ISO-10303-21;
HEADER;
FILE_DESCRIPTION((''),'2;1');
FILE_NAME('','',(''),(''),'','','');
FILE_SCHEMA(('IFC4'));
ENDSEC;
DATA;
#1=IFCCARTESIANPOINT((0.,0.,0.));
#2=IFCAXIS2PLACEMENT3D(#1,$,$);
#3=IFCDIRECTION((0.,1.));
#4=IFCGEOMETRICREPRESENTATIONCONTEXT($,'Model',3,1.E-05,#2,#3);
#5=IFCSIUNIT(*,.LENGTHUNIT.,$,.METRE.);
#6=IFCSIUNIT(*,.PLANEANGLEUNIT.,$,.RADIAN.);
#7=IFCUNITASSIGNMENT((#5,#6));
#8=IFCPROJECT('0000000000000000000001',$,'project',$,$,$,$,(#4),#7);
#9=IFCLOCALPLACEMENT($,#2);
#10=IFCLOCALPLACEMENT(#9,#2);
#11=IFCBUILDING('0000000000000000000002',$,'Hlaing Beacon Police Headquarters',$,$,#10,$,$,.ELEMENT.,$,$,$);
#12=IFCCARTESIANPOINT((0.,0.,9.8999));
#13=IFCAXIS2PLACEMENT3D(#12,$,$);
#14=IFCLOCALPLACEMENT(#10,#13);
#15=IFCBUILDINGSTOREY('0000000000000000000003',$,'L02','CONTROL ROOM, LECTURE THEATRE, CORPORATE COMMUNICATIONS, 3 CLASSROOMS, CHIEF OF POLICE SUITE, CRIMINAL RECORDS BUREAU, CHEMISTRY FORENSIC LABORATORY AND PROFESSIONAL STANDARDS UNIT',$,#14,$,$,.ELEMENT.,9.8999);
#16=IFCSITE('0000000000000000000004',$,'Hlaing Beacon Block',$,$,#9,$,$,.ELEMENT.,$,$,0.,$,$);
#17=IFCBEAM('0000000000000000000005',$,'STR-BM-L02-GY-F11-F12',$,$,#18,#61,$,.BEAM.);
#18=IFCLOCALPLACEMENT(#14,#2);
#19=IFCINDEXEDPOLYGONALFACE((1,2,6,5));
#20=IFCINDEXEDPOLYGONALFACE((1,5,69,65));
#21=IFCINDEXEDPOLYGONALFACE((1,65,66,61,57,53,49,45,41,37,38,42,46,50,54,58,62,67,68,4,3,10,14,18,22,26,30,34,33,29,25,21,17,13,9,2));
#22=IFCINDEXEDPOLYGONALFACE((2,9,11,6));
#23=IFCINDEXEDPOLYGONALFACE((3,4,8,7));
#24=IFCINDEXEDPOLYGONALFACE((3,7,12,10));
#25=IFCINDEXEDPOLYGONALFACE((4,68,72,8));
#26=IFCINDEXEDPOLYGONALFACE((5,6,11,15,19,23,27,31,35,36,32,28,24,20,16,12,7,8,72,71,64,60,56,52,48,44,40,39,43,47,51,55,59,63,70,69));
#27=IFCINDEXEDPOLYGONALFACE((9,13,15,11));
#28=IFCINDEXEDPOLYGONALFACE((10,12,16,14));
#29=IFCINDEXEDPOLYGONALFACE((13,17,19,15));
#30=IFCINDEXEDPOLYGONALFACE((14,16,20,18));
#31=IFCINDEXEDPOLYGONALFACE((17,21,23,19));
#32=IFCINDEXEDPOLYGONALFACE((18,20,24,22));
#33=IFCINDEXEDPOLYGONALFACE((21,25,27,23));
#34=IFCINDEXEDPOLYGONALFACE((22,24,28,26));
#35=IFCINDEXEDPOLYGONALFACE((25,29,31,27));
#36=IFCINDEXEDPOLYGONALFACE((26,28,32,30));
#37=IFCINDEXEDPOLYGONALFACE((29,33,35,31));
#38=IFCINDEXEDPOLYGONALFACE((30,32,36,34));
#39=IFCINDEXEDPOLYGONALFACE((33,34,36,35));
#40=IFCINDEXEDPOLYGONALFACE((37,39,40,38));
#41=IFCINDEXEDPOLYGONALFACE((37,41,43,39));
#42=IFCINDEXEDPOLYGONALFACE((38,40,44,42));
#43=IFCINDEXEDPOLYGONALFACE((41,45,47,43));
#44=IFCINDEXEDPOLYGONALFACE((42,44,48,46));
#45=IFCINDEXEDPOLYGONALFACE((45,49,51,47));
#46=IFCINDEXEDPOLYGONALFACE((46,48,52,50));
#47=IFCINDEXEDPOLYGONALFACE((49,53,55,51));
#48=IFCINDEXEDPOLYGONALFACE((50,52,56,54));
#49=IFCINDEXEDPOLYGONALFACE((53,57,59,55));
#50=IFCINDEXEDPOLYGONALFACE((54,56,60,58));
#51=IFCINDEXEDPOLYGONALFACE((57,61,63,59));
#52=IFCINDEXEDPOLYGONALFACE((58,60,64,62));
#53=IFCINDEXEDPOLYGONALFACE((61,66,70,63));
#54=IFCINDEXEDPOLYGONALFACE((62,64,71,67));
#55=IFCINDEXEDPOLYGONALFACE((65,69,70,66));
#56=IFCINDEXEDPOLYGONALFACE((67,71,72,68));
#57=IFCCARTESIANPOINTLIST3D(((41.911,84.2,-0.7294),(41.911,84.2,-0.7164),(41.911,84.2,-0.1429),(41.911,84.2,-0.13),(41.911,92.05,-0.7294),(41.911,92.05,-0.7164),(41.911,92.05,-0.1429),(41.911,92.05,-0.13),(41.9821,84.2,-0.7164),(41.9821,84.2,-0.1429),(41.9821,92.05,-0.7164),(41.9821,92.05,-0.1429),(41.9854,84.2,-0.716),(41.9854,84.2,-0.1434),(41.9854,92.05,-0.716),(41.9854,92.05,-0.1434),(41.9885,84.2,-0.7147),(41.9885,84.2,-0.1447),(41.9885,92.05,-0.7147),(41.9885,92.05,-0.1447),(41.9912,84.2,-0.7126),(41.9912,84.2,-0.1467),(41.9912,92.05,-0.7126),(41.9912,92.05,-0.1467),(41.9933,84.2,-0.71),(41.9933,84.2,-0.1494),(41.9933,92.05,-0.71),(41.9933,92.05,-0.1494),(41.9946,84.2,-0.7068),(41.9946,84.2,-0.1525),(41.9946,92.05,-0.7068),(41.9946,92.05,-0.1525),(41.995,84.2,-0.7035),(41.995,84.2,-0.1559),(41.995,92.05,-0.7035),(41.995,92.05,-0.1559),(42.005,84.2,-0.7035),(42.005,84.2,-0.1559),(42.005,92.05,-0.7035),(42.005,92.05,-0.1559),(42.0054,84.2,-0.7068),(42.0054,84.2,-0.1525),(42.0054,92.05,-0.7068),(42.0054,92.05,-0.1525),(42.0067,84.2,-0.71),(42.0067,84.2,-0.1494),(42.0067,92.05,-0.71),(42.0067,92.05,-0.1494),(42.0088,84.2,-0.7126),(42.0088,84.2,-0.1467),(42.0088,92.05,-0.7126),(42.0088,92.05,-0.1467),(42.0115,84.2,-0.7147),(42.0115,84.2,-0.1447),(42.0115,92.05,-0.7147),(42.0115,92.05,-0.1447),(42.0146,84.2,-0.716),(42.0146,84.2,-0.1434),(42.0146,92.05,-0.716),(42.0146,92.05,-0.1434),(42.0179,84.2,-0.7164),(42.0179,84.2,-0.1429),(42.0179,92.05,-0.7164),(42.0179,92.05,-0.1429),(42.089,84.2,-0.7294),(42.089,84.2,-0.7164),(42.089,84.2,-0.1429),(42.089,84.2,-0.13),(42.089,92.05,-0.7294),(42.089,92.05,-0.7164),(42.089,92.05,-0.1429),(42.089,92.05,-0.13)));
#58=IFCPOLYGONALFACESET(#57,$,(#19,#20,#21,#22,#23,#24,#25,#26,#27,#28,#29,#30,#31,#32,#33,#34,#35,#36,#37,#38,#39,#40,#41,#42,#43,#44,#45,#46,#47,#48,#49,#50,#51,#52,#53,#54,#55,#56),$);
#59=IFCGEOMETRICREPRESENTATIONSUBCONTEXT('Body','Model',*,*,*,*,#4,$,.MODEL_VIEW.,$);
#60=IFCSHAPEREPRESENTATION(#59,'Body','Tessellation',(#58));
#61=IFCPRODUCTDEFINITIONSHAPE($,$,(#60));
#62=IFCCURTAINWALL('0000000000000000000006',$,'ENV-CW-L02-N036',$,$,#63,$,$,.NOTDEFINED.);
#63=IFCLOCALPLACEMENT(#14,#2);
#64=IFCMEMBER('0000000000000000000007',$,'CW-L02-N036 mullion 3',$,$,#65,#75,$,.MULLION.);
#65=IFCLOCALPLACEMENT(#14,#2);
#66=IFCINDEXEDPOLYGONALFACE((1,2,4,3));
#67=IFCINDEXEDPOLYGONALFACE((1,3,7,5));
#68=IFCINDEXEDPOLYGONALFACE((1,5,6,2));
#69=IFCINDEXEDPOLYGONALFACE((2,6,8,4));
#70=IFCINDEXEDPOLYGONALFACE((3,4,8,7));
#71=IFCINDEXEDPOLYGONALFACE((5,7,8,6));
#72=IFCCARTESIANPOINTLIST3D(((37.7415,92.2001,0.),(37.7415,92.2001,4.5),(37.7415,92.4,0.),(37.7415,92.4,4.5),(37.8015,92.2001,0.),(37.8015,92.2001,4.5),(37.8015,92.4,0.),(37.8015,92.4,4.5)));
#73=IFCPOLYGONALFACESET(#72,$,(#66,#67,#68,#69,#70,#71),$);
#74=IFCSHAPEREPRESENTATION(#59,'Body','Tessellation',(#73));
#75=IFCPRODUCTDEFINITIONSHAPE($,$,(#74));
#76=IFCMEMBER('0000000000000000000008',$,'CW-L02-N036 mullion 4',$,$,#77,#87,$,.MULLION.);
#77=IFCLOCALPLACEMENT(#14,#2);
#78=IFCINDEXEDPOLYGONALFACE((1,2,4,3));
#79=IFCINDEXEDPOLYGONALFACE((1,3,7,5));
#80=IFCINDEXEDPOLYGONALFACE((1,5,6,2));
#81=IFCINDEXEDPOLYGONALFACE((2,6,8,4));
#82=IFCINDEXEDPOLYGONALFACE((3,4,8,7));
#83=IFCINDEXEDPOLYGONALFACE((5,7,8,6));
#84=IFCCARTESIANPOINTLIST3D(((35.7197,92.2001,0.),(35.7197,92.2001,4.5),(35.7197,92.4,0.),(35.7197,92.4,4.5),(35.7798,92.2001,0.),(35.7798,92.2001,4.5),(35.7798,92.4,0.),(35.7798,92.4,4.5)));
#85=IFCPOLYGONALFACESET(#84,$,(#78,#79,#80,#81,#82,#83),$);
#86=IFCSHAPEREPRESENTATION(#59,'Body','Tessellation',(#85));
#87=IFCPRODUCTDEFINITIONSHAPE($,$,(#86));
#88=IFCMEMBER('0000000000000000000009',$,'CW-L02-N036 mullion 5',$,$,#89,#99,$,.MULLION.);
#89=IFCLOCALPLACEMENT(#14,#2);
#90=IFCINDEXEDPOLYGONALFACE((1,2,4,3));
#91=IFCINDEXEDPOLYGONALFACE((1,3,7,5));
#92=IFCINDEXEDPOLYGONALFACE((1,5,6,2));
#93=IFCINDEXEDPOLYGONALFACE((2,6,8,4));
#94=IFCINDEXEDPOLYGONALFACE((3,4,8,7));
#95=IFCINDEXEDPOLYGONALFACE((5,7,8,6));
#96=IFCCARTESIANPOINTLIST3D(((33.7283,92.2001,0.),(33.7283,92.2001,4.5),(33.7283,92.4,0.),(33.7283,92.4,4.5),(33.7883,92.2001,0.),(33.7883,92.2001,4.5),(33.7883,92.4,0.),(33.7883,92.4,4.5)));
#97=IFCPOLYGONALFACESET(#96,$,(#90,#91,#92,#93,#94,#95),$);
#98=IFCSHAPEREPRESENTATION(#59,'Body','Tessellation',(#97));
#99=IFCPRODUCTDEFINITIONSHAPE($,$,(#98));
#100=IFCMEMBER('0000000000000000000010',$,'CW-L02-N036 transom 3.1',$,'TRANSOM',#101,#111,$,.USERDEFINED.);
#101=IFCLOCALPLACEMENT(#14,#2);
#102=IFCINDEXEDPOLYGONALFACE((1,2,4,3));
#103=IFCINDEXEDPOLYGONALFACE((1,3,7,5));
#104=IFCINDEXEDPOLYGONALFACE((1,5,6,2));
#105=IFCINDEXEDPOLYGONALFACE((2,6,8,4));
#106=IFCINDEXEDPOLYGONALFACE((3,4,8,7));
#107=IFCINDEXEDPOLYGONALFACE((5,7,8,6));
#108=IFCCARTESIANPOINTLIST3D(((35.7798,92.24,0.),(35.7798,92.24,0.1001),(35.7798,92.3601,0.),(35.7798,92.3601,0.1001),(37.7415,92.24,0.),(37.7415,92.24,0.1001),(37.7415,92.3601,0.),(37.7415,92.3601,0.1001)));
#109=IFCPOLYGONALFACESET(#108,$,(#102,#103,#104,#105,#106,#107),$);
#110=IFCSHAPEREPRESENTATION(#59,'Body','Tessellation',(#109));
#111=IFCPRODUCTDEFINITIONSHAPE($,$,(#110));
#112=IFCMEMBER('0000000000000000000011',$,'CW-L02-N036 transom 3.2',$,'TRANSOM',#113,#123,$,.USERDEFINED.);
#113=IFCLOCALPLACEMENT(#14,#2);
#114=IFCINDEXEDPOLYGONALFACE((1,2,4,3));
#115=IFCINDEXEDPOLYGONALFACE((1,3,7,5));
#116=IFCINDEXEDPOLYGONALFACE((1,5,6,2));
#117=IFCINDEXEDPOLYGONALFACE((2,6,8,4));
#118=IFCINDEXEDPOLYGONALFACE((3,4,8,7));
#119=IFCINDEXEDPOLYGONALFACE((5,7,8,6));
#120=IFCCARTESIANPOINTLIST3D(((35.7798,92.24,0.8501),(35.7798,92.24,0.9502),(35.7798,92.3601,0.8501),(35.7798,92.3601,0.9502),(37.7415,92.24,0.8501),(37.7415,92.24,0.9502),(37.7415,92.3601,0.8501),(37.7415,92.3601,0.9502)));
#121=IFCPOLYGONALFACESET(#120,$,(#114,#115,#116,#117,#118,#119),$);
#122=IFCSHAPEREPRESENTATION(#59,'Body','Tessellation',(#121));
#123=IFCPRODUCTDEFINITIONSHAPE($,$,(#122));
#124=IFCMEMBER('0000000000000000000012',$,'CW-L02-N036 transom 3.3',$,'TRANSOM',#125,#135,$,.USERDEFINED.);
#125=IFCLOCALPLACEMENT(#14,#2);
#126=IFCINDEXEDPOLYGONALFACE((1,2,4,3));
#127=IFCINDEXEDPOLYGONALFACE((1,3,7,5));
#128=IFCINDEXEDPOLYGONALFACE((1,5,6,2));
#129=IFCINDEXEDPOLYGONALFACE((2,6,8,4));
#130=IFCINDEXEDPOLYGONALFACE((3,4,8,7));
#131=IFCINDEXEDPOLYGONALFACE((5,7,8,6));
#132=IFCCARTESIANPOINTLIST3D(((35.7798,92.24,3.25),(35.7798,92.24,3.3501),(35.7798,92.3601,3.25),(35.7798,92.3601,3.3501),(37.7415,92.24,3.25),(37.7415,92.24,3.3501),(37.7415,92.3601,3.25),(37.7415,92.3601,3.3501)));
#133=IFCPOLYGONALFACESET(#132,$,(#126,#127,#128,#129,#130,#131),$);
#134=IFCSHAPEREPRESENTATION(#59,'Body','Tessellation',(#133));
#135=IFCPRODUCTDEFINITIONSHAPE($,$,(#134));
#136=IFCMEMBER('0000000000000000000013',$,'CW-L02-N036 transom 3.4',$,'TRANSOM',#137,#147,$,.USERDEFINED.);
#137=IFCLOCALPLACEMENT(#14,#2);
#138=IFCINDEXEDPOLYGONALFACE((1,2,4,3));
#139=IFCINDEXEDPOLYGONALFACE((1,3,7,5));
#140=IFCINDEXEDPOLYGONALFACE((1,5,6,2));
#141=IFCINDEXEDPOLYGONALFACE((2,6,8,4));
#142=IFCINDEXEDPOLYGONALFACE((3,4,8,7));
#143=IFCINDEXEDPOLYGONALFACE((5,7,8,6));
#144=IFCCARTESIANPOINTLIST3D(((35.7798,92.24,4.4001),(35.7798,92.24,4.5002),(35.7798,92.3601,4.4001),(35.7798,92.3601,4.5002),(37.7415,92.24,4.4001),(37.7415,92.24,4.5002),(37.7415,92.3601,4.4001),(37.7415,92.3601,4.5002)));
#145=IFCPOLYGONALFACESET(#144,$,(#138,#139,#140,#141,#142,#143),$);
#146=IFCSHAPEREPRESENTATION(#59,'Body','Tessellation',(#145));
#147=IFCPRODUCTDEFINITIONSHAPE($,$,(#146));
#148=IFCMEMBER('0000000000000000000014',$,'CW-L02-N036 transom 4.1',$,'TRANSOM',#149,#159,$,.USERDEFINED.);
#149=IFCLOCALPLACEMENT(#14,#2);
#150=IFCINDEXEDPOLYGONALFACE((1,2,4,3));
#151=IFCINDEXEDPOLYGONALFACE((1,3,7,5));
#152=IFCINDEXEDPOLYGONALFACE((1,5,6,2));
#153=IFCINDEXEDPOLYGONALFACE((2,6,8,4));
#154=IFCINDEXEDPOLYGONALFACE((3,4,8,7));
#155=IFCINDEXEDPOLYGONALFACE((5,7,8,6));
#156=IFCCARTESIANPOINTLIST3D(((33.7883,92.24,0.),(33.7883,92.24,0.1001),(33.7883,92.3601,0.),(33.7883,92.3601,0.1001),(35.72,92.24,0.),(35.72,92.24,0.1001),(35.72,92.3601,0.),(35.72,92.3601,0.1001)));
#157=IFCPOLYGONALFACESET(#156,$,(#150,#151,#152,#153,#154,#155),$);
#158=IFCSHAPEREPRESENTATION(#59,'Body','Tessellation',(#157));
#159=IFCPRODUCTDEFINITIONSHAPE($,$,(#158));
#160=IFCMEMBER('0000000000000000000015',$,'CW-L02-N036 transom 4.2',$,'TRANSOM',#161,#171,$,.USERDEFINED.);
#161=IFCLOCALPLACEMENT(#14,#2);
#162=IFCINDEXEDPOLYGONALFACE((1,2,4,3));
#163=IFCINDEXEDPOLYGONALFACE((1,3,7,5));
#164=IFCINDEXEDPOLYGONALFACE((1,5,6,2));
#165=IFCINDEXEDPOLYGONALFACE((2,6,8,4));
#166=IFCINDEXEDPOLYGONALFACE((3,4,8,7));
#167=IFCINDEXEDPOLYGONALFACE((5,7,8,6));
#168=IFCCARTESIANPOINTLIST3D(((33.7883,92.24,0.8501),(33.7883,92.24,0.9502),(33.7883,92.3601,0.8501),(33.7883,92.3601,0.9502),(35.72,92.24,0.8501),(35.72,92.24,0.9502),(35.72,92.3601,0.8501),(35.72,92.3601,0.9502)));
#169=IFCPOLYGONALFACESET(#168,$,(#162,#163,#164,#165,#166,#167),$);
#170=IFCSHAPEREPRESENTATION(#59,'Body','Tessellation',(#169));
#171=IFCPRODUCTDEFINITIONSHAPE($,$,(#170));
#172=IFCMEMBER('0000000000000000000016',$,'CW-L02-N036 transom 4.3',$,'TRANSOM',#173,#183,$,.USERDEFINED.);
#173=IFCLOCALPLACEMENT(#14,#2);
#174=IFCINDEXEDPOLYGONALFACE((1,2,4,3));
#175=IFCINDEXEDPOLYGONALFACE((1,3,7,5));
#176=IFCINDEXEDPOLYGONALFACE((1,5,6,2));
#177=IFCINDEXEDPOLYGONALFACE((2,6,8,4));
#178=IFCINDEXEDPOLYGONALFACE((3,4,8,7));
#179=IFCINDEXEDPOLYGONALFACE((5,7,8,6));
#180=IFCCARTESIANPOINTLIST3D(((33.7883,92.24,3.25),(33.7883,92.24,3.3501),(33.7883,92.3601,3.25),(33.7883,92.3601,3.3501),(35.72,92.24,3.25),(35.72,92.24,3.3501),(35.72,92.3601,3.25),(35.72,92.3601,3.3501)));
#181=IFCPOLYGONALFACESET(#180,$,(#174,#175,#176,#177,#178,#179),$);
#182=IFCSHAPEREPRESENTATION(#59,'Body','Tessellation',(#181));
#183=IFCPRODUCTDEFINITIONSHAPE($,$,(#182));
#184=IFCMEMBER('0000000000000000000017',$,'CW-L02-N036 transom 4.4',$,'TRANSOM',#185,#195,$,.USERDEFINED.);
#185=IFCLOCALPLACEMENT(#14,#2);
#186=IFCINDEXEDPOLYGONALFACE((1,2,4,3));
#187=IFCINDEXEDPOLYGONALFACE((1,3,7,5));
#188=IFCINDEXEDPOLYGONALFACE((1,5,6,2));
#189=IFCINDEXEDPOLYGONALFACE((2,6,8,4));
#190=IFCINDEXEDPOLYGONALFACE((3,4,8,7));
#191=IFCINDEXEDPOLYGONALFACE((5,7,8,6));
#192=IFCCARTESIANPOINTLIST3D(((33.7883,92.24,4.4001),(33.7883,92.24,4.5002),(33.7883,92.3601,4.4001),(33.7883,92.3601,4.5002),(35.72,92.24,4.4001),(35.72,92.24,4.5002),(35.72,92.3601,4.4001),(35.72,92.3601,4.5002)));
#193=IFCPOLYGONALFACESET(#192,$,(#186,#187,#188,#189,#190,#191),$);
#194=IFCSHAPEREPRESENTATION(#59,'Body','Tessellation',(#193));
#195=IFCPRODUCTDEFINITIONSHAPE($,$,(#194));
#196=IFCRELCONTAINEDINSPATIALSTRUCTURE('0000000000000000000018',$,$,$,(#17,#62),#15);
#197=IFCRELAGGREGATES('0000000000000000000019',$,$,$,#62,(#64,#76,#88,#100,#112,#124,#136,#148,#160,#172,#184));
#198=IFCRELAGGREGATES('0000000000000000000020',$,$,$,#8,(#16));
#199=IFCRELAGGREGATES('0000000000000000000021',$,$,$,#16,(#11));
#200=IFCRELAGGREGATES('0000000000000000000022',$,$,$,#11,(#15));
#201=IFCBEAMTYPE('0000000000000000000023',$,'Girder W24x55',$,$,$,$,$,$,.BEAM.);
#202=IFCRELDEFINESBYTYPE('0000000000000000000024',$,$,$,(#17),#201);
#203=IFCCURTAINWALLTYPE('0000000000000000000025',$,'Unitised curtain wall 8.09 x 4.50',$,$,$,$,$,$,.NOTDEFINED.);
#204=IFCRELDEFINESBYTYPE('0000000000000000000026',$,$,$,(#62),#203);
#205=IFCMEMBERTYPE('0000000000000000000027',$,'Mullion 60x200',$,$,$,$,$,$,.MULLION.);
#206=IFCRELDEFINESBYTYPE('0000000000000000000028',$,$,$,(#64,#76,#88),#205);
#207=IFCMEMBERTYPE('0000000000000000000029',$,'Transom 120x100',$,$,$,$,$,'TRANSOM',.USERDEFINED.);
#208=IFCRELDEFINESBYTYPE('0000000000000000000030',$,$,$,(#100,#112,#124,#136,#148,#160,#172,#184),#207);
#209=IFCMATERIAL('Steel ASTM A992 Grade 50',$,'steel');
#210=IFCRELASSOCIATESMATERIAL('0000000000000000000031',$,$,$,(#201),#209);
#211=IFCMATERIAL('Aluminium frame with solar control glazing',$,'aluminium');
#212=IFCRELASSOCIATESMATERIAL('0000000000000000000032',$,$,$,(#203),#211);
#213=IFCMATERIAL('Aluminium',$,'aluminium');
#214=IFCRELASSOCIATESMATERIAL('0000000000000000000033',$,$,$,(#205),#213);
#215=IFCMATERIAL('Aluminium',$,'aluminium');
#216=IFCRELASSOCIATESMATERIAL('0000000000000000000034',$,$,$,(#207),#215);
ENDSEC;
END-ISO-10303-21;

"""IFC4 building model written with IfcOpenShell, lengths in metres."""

from ifc_helpers import new_model, si_unit, direction, frame, origin, origin_2d, place, context, subcontext, project, spatial, rectangle, i_section, extrude, material, material_profile, profile_set, type_object, element, aggregate, save


model = new_model("IFC4")

# Units and contexts
model_context = context("Model", 3, precision=1e-05, world=origin(), true_north=direction((0.0, 1.0)))
body_context = subcontext(model_context, "Body", "Model", "MODEL_VIEW")
ifc_project = project(units=[si_unit("LENGTHUNIT", "METRE"), si_unit("PLANEANGLEUNIT", "RADIAN")], contexts=[model_context])

# Site, building, storey
site_placement = place(None, origin())
site = spatial("IfcSite", under=ifc_project, at=site_placement, Name="Hlaing Beacon Block", CompositionType="ELEMENT", RefElevation=0.0)
building_placement = place(site_placement, origin())
building = spatial("IfcBuilding", under=site, at=building_placement, Name="Hlaing Beacon Police Headquarters", CompositionType="ELEMENT")
storey_placement = place(building_placement, frame((0.0, 0.0, 9.8999)))
storey = spatial("IfcBuildingStorey", under=building, at=storey_placement, Name="L02", Description="CONTROL ROOM, LECTURE THEATRE, CORPORATE COMMUNICATIONS, 3 CLASSROOMS, CHIEF OF POLICE SUITE, CRIMINAL RECORDS BUREAU, CHEMISTRY FORENSIC LABORATORY AND PROFESSIONAL STANDARDS UNIT", CompositionType="ELEMENT", Elevation=9.8999)

# Beam
ifc_material_1 = material(Name="Steel ASTM A992 Grade 50", Category="steel")
ifc_material_profile_1 = material_profile(ifc_material_1, i_section(OverallWidth=0.178, OverallDepth=0.5994, WebThickness=0.01, FlangeThickness=0.0129, FilletRadius=0.0129, at=origin_2d()), Name="W24x55")
ifc_profile_set_1 = profile_set([ifc_material_profile_1], Name="Steel ASTM A992 Grade 50")
beam_type = type_object("IfcBeamType", Name="Girder W24x55", PredefinedType="BEAM", material=ifc_profile_set_1)
beam_placement = place(storey_placement, frame((42.0, 84.2, -0.4297), z_axis=(0.0, 1.0, 0.0), x_axis=(-1.0, 0.0, 0.0)))
element("IfcBeam", 1, at=beam_placement, inside=storey, type_object=beam_type, Name="STR-BM-L02-GY-F11-F12", PredefinedType="BEAM", context=body_context, shape_type="SweptSolid", body=[
    extrude(i_section(OverallWidth=0.178, OverallDepth=0.5994, WebThickness=0.01, FlangeThickness=0.0129, FilletRadius=0.0129, at=origin_2d()), origin(), (0.0, 0.0, 1.0), 7.8501),
])

# Curtain wall, members
ifc_material_2 = material(Name="Aluminium frame with solar control glazing", Category="aluminium")
curtain_wall_type = type_object("IfcCurtainWallType", Name="Unitised curtain wall 8.09 x 4.50", PredefinedType="NOTDEFINED", material=ifc_material_2)
curtain_wall_placement = place(storey_placement, origin())
curtain_wall = element("IfcCurtainWall", 2, at=curtain_wall_placement, inside=storey, type_object=curtain_wall_type, Name="ENV-CW-L02-N036", PredefinedType="NOTDEFINED")
ifc_material_3 = material(Name="Aluminium", Category="aluminium")
ifc_material_profile_2 = material_profile(ifc_material_3, rectangle(XDim=0.2, YDim=0.0601, at=origin_2d()), Name="Mullion 60x200")
ifc_profile_set_2 = profile_set([ifc_material_profile_2], Name="Aluminium")
member_type_1 = type_object("IfcMemberType", Name="Mullion 60x200", PredefinedType="MULLION", material=ifc_profile_set_2)
member_1_placement = place(storey_placement, frame((37.7715, 92.3, 0.0), z_axis=(0.0, 0.0, 1.0), x_axis=(0.0, -1.0, 0.0)))
member_1 = element("IfcMember", 3, at=member_1_placement, type_object=member_type_1, Name="CW-L02-N036 mullion 3", PredefinedType="MULLION", context=body_context, shape_type="SweptSolid", body=[
    extrude(rectangle(XDim=0.2, YDim=0.0601, at=origin_2d()), origin(), (0.0, 0.0, 1.0), 4.5),
])
member_2_placement = place(storey_placement, frame((35.7498, 92.3, 0.0), z_axis=(0.0, 0.0, 1.0), x_axis=(0.0, -1.0, 0.0)))
member_2 = element("IfcMember", 4, at=member_2_placement, type_object=member_type_1, Name="CW-L02-N036 mullion 4", PredefinedType="MULLION", context=body_context, shape_type="SweptSolid", body=[
    extrude(rectangle(XDim=0.2, YDim=0.0601, at=origin_2d()), origin(), (0.0, 0.0, 1.0), 4.5),
])
member_3_placement = place(storey_placement, frame((33.7583, 92.3, 0.0), z_axis=(0.0, 0.0, 1.0), x_axis=(0.0, -1.0, 0.0)))
member_3 = element("IfcMember", 5, at=member_3_placement, type_object=member_type_1, Name="CW-L02-N036 mullion 5", PredefinedType="MULLION", context=body_context, shape_type="SweptSolid", body=[
    extrude(rectangle(XDim=0.2, YDim=0.0601, at=origin_2d()), origin(), (0.0, 0.0, 1.0), 4.5),
])
ifc_material_4 = material(Name="Aluminium", Category="aluminium")
ifc_material_profile_3 = material_profile(ifc_material_4, rectangle(XDim=0.1201, YDim=0.1001, at=origin_2d()), Name="Transom 120x100")
ifc_profile_set_3 = profile_set([ifc_material_profile_3], Name="Aluminium")
member_type_2 = type_object("IfcMemberType", Name="Transom 120x100", ElementType="TRANSOM", PredefinedType="USERDEFINED", material=ifc_profile_set_3)
member_4_placement = place(storey_placement, frame((37.7415, 92.3, 0.05), z_axis=(-1.0, 0.0, 0.0), x_axis=(0.0, -1.0, 0.0)))
member_4 = element("IfcMember", 6, at=member_4_placement, type_object=member_type_2, Name="CW-L02-N036 transom 3.1", ObjectType="TRANSOM", PredefinedType="USERDEFINED", context=body_context, shape_type="SweptSolid", body=[
    extrude(rectangle(XDim=0.1201, YDim=0.1001, at=origin_2d()), origin(), (0.0, 0.0, 1.0), 1.9617),
])
member_5_placement = place(storey_placement, frame((37.7415, 92.3, 0.9001), z_axis=(-1.0, 0.0, 0.0), x_axis=(0.0, -1.0, 0.0)))
member_5 = element("IfcMember", 7, at=member_5_placement, type_object=member_type_2, Name="CW-L02-N036 transom 3.2", ObjectType="TRANSOM", PredefinedType="USERDEFINED", context=body_context, shape_type="SweptSolid", body=[
    extrude(rectangle(XDim=0.1201, YDim=0.1001, at=origin_2d()), origin(), (0.0, 0.0, 1.0), 1.9617),
])
member_6_placement = place(storey_placement, frame((37.7415, 92.3, 3.3), z_axis=(-1.0, 0.0, 0.0), x_axis=(0.0, -1.0, 0.0)))
member_6 = element("IfcMember", 8, at=member_6_placement, type_object=member_type_2, Name="CW-L02-N036 transom 3.3", ObjectType="TRANSOM", PredefinedType="USERDEFINED", context=body_context, shape_type="SweptSolid", body=[
    extrude(rectangle(XDim=0.1201, YDim=0.1001, at=origin_2d()), origin(), (0.0, 0.0, 1.0), 1.9617),
])
member_7_placement = place(storey_placement, frame((37.7415, 92.3, 4.4502), z_axis=(-1.0, 0.0, 0.0), x_axis=(0.0, -1.0, 0.0)))
member_7 = element("IfcMember", 9, at=member_7_placement, type_object=member_type_2, Name="CW-L02-N036 transom 3.4", ObjectType="TRANSOM", PredefinedType="USERDEFINED", context=body_context, shape_type="SweptSolid", body=[
    extrude(rectangle(XDim=0.1201, YDim=0.1001, at=origin_2d()), origin(), (0.0, 0.0, 1.0), 1.9617),
])
member_8_placement = place(storey_placement, frame((35.72, 92.3, 0.05), z_axis=(-1.0, 0.0, 0.0), x_axis=(0.0, -1.0, 0.0)))
member_8 = element("IfcMember", 10, at=member_8_placement, type_object=member_type_2, Name="CW-L02-N036 transom 4.1", ObjectType="TRANSOM", PredefinedType="USERDEFINED", context=body_context, shape_type="SweptSolid", body=[
    extrude(rectangle(XDim=0.1201, YDim=0.1001, at=origin_2d()), origin(), (0.0, 0.0, 1.0), 1.9316),
])
member_9_placement = place(storey_placement, frame((35.72, 92.3, 0.9001), z_axis=(-1.0, 0.0, 0.0), x_axis=(0.0, -1.0, 0.0)))
member_9 = element("IfcMember", 11, at=member_9_placement, type_object=member_type_2, Name="CW-L02-N036 transom 4.2", ObjectType="TRANSOM", PredefinedType="USERDEFINED", context=body_context, shape_type="SweptSolid", body=[
    extrude(rectangle(XDim=0.1201, YDim=0.1001, at=origin_2d()), origin(), (0.0, 0.0, 1.0), 1.9316),
])
member_10_placement = place(storey_placement, frame((35.72, 92.3, 3.3), z_axis=(-1.0, 0.0, 0.0), x_axis=(0.0, -1.0, 0.0)))
member_10 = element("IfcMember", 12, at=member_10_placement, type_object=member_type_2, Name="CW-L02-N036 transom 4.3", ObjectType="TRANSOM", PredefinedType="USERDEFINED", context=body_context, shape_type="SweptSolid", body=[
    extrude(rectangle(XDim=0.1201, YDim=0.1001, at=origin_2d()), origin(), (0.0, 0.0, 1.0), 1.9316),
])
member_11_placement = place(storey_placement, frame((35.72, 92.3, 4.4502), z_axis=(-1.0, 0.0, 0.0), x_axis=(0.0, -1.0, 0.0)))
member_11 = element("IfcMember", 13, at=member_11_placement, type_object=member_type_2, Name="CW-L02-N036 transom 4.4", ObjectType="TRANSOM", PredefinedType="USERDEFINED", context=body_context, shape_type="SweptSolid", body=[
    extrude(rectangle(XDim=0.1201, YDim=0.1001, at=origin_2d()), origin(), (0.0, 0.0, 1.0), 1.9316),
])
aggregate(curtain_wall, [member_1, member_2, member_3, member_4, member_5, member_6, member_7, member_8, member_9, member_10, member_11])

save(model, "model.ifc")
